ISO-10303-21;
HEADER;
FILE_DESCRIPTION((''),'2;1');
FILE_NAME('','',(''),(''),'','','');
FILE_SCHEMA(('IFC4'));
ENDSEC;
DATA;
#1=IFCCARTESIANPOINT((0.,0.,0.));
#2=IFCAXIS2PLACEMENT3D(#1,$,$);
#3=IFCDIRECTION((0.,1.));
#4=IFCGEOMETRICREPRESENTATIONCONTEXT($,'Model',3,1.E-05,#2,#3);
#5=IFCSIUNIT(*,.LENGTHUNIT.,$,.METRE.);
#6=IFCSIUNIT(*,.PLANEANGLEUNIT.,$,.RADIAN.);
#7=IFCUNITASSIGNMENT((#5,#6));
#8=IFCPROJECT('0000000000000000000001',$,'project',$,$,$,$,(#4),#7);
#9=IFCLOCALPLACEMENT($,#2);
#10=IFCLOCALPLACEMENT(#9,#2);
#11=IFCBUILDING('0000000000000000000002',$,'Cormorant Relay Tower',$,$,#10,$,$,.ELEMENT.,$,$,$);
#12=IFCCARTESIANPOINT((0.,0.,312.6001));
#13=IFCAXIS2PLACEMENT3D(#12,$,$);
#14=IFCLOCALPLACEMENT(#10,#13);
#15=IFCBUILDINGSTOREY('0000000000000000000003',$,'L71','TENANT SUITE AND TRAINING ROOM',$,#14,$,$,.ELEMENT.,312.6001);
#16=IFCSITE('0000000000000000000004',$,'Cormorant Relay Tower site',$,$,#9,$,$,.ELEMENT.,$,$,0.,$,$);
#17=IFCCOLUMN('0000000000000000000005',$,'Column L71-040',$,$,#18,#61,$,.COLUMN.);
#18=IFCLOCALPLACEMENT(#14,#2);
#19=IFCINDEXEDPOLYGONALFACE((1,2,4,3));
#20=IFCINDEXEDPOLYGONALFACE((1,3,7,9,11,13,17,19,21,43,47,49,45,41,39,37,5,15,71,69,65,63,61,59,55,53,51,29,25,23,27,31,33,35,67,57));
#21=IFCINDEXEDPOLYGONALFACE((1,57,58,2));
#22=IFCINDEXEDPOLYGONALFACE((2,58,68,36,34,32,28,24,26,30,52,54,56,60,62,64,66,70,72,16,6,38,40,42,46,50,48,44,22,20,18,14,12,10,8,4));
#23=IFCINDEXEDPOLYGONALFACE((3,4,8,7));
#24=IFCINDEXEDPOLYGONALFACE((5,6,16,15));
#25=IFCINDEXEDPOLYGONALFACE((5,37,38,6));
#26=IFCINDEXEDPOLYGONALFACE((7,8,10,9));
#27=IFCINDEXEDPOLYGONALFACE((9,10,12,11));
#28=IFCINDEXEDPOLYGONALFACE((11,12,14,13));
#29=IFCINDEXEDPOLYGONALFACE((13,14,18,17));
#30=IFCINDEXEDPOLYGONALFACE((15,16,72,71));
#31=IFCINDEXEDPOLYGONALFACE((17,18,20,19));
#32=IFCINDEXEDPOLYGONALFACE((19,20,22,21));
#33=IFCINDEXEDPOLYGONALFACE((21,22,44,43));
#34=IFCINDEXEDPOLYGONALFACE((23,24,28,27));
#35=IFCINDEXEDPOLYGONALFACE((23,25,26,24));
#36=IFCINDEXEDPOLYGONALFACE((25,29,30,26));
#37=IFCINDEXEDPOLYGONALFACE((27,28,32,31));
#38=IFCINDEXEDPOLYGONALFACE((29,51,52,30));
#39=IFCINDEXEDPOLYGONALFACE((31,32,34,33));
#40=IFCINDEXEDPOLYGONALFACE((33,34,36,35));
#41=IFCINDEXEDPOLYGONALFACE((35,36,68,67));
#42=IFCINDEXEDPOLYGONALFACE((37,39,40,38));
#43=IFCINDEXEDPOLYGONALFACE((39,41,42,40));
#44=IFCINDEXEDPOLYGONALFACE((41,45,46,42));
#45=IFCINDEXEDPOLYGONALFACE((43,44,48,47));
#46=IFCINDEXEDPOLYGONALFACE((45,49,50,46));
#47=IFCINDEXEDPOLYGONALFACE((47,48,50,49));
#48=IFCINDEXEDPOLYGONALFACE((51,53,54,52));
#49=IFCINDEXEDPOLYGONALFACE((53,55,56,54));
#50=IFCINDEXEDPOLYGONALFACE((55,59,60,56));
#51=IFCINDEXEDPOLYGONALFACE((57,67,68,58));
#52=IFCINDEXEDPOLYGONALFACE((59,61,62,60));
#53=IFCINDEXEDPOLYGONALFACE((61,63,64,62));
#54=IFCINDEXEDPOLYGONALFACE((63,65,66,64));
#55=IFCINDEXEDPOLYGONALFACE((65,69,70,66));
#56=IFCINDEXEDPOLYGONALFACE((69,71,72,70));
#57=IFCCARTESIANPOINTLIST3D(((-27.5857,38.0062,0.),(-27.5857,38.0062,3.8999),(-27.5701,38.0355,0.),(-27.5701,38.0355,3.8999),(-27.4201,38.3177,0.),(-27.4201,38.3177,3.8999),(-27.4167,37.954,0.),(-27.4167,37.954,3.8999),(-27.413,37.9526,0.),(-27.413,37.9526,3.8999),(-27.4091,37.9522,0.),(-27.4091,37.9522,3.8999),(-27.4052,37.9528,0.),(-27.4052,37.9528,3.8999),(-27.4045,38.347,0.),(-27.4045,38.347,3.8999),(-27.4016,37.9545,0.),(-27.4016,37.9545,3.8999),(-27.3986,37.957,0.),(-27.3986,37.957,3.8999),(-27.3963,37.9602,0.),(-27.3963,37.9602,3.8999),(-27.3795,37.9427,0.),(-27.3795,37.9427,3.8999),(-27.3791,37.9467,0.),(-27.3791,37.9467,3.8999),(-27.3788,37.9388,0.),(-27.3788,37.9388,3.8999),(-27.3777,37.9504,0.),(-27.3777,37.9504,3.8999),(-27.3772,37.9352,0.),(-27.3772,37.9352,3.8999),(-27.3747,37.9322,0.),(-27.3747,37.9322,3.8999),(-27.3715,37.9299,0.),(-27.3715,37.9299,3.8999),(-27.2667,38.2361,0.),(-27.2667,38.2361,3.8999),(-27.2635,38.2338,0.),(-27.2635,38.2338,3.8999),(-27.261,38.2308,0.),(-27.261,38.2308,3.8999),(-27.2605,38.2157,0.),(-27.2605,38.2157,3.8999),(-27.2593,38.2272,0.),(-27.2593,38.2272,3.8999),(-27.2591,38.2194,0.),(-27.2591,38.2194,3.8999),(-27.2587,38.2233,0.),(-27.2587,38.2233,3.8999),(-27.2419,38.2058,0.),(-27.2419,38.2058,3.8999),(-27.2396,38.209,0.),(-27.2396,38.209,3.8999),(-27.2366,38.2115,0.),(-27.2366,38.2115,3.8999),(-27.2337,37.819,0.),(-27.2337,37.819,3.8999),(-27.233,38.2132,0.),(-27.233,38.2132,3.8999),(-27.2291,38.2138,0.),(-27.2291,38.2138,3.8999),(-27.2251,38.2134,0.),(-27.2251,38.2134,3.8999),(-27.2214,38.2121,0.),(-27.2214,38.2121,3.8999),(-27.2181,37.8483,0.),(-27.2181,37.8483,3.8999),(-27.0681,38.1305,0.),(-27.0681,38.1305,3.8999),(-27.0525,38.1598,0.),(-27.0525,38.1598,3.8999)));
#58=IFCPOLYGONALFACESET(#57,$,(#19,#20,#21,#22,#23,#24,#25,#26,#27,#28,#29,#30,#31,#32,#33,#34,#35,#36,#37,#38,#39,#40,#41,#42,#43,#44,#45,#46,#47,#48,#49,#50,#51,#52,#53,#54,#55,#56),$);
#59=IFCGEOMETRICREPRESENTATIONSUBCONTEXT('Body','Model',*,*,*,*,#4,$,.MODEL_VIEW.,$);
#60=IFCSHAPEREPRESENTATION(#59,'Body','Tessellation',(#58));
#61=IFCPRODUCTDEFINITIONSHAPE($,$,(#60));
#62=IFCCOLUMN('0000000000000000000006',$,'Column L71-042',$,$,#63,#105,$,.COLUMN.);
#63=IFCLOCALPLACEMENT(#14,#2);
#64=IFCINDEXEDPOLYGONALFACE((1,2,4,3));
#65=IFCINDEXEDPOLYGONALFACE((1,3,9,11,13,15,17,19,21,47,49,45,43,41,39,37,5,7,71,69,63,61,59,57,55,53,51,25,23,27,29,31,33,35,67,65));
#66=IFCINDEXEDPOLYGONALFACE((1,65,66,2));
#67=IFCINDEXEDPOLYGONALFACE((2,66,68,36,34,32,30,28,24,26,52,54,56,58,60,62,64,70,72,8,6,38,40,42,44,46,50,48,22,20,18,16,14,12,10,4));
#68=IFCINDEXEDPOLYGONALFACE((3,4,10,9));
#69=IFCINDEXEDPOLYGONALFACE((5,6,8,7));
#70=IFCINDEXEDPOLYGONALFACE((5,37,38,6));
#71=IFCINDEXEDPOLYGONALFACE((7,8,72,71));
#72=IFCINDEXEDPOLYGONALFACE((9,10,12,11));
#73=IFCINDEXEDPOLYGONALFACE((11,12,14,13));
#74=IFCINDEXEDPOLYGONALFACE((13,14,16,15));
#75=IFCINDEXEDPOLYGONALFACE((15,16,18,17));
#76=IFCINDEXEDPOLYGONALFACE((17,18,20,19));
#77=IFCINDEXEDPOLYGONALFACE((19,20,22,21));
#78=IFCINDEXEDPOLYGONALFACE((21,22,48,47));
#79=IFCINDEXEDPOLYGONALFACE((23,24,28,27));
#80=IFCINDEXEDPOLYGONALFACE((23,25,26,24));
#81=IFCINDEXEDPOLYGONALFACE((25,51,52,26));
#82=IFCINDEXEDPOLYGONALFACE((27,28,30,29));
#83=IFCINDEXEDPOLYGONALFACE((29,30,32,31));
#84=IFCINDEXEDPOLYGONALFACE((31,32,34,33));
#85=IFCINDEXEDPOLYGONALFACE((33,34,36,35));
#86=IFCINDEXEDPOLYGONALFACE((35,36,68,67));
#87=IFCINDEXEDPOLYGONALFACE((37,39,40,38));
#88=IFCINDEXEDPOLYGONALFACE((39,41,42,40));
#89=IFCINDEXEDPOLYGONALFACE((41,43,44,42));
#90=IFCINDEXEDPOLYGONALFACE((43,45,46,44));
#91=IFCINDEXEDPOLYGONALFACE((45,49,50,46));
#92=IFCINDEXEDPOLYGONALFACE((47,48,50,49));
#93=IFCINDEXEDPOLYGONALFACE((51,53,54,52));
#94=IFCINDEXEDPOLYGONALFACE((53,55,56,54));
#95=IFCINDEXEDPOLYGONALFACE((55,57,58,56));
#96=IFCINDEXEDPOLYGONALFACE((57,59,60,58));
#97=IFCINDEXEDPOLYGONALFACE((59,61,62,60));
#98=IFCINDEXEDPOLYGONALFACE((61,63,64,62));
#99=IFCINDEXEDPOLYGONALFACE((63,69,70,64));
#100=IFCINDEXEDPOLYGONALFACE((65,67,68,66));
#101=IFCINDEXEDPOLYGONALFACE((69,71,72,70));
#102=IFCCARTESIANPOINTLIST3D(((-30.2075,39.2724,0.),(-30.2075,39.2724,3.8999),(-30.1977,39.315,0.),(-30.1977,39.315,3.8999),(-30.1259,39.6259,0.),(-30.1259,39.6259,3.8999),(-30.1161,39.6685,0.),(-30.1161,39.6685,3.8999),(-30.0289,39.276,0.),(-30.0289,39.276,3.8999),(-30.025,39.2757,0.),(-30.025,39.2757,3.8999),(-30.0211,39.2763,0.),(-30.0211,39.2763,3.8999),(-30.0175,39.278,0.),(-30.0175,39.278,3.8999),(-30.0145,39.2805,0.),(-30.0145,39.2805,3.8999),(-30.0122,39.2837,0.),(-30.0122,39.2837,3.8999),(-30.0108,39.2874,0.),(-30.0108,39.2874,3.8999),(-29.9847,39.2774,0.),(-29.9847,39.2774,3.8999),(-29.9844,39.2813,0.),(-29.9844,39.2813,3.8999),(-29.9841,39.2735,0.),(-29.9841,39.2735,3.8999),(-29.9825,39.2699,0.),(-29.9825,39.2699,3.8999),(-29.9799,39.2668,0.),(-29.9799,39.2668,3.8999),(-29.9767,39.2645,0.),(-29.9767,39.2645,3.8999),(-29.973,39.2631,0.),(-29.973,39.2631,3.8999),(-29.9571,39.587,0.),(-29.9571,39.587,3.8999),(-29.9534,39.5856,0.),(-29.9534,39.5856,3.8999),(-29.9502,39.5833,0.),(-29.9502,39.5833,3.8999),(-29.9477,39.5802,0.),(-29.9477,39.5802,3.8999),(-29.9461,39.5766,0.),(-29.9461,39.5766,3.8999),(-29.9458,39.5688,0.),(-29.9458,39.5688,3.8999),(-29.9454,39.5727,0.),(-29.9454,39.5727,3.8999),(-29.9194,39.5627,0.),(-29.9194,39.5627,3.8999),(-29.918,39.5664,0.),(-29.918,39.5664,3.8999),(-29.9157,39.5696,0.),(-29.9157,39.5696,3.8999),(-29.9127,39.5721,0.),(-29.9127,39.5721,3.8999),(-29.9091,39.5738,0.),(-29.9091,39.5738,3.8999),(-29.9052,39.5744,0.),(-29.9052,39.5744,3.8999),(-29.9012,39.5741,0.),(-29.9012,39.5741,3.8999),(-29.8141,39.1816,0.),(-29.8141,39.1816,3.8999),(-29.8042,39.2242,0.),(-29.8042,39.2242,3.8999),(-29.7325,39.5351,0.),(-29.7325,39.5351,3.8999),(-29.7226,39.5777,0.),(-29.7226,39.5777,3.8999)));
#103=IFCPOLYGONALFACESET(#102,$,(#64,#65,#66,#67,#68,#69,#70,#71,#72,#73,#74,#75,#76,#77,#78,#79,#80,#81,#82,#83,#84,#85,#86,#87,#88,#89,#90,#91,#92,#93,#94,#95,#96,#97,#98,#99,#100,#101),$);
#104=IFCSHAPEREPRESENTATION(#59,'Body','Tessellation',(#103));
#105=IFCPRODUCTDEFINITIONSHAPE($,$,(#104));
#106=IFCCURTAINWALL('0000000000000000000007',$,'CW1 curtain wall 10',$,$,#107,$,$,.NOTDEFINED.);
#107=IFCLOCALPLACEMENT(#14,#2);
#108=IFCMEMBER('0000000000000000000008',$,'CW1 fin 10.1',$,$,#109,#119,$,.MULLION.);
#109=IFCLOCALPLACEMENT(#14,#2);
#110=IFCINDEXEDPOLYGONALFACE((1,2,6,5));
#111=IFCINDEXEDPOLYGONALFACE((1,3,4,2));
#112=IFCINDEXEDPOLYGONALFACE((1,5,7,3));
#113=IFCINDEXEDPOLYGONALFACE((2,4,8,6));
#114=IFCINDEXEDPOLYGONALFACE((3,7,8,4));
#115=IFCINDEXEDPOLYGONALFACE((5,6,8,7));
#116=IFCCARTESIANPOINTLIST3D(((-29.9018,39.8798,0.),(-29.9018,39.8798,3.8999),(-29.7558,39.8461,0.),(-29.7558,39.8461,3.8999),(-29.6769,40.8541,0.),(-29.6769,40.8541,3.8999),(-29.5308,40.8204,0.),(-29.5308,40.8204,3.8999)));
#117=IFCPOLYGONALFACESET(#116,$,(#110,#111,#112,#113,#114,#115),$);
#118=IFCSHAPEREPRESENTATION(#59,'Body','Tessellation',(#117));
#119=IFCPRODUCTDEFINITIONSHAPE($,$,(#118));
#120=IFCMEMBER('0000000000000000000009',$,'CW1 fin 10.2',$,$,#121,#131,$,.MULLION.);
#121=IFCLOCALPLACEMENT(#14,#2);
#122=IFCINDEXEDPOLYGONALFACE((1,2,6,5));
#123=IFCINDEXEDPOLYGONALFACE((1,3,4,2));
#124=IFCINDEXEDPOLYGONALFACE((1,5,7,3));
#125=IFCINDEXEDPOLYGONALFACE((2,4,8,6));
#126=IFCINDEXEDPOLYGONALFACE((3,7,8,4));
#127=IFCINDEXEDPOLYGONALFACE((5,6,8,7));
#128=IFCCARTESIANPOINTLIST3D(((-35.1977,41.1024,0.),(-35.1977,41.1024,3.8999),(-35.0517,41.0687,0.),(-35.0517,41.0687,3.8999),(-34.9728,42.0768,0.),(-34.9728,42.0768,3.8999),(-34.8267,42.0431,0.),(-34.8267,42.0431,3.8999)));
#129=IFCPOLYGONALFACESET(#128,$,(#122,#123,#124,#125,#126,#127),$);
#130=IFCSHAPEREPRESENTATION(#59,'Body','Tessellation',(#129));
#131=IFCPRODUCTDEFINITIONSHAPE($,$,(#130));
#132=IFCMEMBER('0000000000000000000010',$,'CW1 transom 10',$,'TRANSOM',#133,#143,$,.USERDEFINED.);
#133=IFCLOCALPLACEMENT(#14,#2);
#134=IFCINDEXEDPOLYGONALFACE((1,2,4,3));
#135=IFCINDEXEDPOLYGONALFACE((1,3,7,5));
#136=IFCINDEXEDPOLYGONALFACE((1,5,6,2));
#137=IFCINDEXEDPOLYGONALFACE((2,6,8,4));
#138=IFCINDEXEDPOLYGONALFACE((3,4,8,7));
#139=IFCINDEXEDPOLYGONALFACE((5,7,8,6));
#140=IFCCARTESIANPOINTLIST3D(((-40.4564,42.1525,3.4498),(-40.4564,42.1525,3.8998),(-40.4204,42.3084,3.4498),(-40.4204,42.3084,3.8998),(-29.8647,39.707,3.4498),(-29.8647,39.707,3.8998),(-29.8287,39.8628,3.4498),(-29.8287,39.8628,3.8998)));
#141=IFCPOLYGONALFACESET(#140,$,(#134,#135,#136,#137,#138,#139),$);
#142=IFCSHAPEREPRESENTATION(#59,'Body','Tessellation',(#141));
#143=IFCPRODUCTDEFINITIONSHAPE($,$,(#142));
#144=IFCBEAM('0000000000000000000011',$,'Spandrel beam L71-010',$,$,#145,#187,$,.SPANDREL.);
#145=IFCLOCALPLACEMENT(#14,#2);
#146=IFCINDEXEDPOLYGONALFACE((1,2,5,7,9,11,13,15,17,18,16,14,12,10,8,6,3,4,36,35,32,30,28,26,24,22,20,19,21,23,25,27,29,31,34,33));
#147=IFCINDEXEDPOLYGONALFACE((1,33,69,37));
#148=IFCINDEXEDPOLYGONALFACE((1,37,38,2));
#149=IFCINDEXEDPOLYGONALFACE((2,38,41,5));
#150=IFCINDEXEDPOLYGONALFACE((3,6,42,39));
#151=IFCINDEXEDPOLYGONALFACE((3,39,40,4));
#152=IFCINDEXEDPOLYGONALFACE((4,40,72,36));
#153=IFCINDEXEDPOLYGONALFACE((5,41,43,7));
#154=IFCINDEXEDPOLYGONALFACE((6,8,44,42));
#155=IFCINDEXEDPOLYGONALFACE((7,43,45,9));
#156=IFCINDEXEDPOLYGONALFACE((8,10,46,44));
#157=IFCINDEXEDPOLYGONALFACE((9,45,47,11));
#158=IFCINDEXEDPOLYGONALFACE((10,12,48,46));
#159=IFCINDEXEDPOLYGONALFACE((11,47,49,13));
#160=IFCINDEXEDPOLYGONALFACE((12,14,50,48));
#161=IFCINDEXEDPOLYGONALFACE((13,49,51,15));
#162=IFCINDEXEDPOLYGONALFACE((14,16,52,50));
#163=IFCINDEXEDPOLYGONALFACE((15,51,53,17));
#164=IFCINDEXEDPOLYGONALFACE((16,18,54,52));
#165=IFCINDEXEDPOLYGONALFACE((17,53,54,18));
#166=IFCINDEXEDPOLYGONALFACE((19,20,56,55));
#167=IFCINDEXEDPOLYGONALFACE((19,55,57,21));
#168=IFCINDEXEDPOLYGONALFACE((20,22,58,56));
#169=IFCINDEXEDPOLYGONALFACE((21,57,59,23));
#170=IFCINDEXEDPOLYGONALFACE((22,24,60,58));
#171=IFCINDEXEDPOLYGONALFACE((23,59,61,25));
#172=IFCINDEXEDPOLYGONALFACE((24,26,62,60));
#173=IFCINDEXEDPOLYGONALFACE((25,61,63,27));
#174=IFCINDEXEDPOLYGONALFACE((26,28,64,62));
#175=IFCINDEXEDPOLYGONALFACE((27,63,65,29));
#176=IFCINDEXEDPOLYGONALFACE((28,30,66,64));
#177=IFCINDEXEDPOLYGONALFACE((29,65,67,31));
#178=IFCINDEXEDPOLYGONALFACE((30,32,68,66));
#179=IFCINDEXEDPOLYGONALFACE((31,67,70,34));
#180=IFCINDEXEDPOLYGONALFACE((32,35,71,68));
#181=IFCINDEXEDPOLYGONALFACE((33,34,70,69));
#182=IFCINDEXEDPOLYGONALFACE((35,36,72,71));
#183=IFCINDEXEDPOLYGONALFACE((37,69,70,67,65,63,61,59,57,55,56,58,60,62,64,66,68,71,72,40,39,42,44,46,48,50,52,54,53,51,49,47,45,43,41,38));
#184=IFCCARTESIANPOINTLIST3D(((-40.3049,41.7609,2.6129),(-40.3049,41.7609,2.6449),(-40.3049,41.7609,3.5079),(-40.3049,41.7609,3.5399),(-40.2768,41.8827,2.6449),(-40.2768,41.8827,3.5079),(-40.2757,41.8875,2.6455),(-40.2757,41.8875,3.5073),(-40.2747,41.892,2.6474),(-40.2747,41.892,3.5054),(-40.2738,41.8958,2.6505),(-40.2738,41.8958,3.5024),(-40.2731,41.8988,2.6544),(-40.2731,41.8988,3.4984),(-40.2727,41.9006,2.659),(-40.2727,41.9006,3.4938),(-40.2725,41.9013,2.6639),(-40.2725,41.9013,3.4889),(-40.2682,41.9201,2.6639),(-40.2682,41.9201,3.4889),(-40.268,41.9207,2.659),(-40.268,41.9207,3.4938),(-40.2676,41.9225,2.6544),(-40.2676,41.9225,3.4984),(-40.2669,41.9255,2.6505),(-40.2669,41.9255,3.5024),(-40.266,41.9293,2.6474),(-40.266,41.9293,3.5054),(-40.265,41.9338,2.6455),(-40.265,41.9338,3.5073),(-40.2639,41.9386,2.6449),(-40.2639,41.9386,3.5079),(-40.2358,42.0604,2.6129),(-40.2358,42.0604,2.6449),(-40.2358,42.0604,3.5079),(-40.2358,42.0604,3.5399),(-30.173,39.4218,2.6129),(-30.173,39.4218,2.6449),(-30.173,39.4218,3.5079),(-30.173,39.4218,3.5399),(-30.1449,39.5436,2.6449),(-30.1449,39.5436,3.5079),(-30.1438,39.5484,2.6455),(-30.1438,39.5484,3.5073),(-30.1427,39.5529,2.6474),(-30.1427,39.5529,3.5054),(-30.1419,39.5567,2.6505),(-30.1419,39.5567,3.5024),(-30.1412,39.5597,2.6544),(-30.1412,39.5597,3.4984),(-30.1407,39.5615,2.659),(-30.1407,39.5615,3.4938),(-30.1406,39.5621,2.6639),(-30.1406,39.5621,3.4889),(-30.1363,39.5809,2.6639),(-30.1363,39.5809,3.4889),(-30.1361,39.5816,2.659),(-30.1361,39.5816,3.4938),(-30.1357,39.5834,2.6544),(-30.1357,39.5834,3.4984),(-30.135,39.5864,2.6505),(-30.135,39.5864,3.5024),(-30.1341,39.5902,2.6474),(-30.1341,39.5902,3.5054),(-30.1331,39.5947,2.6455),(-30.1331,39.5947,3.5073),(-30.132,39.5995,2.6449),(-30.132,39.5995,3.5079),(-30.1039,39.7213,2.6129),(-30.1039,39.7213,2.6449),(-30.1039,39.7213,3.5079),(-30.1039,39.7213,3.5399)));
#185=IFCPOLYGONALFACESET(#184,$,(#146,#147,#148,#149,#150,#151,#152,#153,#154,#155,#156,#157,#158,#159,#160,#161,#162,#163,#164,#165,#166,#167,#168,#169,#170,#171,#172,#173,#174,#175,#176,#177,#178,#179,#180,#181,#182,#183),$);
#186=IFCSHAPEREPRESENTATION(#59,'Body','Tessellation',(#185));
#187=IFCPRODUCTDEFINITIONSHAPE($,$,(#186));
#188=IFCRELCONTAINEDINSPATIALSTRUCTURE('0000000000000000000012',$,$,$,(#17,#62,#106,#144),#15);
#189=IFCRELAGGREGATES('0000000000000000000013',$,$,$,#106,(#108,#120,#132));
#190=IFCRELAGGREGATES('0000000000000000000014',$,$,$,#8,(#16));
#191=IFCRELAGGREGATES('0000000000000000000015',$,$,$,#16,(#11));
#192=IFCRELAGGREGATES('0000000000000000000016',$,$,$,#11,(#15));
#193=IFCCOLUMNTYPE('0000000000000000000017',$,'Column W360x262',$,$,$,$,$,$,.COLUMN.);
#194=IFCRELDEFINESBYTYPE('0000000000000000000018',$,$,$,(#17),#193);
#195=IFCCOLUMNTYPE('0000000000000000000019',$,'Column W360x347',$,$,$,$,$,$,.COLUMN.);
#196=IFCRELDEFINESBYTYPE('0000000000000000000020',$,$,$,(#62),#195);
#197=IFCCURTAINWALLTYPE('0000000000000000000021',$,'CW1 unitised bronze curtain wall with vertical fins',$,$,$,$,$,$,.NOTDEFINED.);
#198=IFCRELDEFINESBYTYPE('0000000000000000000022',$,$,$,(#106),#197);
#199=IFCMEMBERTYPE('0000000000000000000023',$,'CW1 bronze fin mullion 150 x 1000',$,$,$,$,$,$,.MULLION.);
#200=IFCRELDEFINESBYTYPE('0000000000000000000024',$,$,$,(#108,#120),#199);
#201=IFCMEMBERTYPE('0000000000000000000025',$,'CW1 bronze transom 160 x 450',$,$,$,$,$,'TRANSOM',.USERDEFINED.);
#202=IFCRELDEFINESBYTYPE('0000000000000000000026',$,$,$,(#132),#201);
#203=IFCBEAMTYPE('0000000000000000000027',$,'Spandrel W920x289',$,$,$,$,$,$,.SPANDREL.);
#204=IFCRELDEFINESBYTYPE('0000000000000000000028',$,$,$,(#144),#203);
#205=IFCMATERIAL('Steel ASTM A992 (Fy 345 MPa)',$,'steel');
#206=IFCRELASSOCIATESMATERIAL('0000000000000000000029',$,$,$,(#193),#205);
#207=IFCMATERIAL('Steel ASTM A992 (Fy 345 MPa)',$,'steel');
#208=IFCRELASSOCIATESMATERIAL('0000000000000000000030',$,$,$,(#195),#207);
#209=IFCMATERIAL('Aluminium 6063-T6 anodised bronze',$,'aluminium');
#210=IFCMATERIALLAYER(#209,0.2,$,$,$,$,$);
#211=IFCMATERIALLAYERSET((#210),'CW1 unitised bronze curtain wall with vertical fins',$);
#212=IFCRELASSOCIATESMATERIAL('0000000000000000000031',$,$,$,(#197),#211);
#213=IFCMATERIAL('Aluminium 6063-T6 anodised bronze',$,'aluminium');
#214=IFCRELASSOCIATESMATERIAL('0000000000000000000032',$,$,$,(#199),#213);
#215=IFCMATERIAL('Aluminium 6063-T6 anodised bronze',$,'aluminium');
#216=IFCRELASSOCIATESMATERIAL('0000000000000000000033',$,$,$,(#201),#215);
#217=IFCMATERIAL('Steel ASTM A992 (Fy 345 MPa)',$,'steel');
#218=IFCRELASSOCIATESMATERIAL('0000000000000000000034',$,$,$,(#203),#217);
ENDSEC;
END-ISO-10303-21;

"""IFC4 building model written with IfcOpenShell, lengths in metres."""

from ifc_helpers import new_model, si_unit, direction, frame, origin, origin_2d, place, context, subcontext, project, spatial, rectangle, i_section, extrude, material, layer, layer_set, material_profile, profile_set, type_object, element, aggregate, save


model = new_model("IFC4")

# Units and contexts
model_context = context("Model", 3, precision=1e-05, world=origin(), true_north=direction((0.0, 1.0)))
body_context = subcontext(model_context, "Body", "Model", "MODEL_VIEW")
ifc_project = project(units=[si_unit("LENGTHUNIT", "METRE"), si_unit("PLANEANGLEUNIT", "RADIAN")], contexts=[model_context])

# Site, building, storey
site_placement = place(None, origin())
site = spatial("IfcSite", under=ifc_project, at=site_placement, Name="Cormorant Relay Tower site", CompositionType="ELEMENT", RefElevation=0.0)
building_placement = place(site_placement, origin())
building = spatial("IfcBuilding", under=site, at=building_placement, Name="Cormorant Relay Tower", CompositionType="ELEMENT")
storey_placement = place(building_placement, frame((0.0, 0.0, 312.6001)))
storey = spatial("IfcBuildingStorey", under=building, at=storey_placement, Name="L71", Description="TENANT SUITE AND TRAINING ROOM", CompositionType="ELEMENT", Elevation=312.6001)

# Columns
ifc_material_1 = material(Name="Steel ASTM A992 (Fy 345 MPa)", Category="steel")
ifc_material_profile_1 = material_profile(ifc_material_1, i_section(OverallWidth=0.3987, OverallDepth=0.386, WebThickness=0.021, FlangeThickness=0.0332, FilletRadius=0.0151, at=origin_2d()), Name="W360x262")
ifc_profile_set_1 = profile_set([ifc_material_profile_1], Name="Steel ASTM A992 (Fy 345 MPa)")
column_type_1 = type_object("IfcColumnType", Name="Column W360x262", PredefinedType="COLUMN", material=ifc_profile_set_1)
column_1_placement = place(storey_placement, frame((-27.3191, 38.083, 0.0), z_axis=(0.0, 0.0, 1.0), x_axis=(-0.882948, 0.469472, 0.0)))
element("IfcColumn", 1, at=column_1_placement, inside=storey, type_object=column_type_1, Name="Column L71-040", PredefinedType="COLUMN", context=body_context, shape_type="SweptSolid", body=[
    extrude(i_section(OverallWidth=0.3987, OverallDepth=0.386, WebThickness=0.021, FlangeThickness=0.0332, FilletRadius=0.0151, at=origin_2d()), origin(), (0.0, 0.0, 1.0), 3.8999),
])
ifc_material_2 = material(Name="Steel ASTM A992 (Fy 345 MPa)", Category="steel")
ifc_material_profile_2 = material_profile(ifc_material_2, i_section(OverallWidth=0.4038, OverallDepth=0.4065, WebThickness=0.0271, FlangeThickness=0.0437, FilletRadius=0.0151, at=origin_2d()), Name="W360x347")
ifc_profile_set_2 = profile_set([ifc_material_profile_2], Name="Steel ASTM A992 (Fy 345 MPa)")
column_type_2 = type_object("IfcColumnType", Name="Column W360x347", PredefinedType="COLUMN", material=ifc_profile_set_2)
column_2_placement = place(storey_placement, frame((-29.9651, 39.425, 0.0), z_axis=(0.0, 0.0, 1.0), x_axis=(-0.97437, 0.224951, 0.0)))
element("IfcColumn", 2, at=column_2_placement, inside=storey, type_object=column_type_2, Name="Column L71-042", PredefinedType="COLUMN", context=body_context, shape_type="SweptSolid", body=[
    extrude(i_section(OverallWidth=0.4038, OverallDepth=0.4065, WebThickness=0.0271, FlangeThickness=0.0437, FilletRadius=0.0151, at=origin_2d()), origin(), (0.0, 0.0, 1.0), 3.8999),
])

# Curtain wall, members
ifc_material_3 = material(Name="Aluminium 6063-T6 anodised bronze", Category="aluminium")
ifc_layer_1 = layer(ifc_material_3, 0.2)
ifc_layer_set_1 = layer_set([ifc_layer_1], Name="CW1 unitised bronze curtain wall with vertical fins")
curtain_wall_type = type_object("IfcCurtainWallType", Name="CW1 unitised bronze curtain wall with vertical fins", PredefinedType="NOTDEFINED", material=ifc_layer_set_1)
curtain_wall_1_placement = place(storey_placement, origin())
curtain_wall_1 = element("IfcCurtainWall", 3, at=curtain_wall_1_placement, inside=storey, type_object=curtain_wall_type, Name="CW1 curtain wall 10", PredefinedType="NOTDEFINED")
ifc_material_4 = material(Name="Aluminium 6063-T6 anodised bronze", Category="aluminium")
ifc_material_profile_3 = material_profile(ifc_material_4, rectangle(XDim=0.1499, YDim=1.0, at=origin_2d()), Name="AL 150x1000")
ifc_profile_set_3 = profile_set([ifc_material_profile_3], Name="Aluminium 6063-T6 anodised bronze")
member_type_1 = type_object("IfcMemberType", Name="CW1 bronze fin mullion 150 x 1000", PredefinedType="MULLION", material=ifc_profile_set_3)
member_1_placement = place(storey_placement, frame((-29.7163, 40.3501, 0.0), z_axis=(0.0, 0.0, 1.0), x_axis=(-0.97437, 0.224951, 0.0)))
member_1 = element("IfcMember", 4, at=member_1_placement, type_object=member_type_1, Name="CW1 fin 10.1", PredefinedType="MULLION", context=body_context, shape_type="SweptSolid", body=[
    extrude(rectangle(XDim=0.1499, YDim=1.0, at=origin_2d()), origin(), (0.0, 0.0, 1.0), 3.8999),
])
member_2_placement = place(storey_placement, frame((-35.0122, 41.5728, 0.0), z_axis=(0.0, 0.0, 1.0), x_axis=(-0.97437, 0.224951, 0.0)))
member_2 = element("IfcMember", 5, at=member_2_placement, type_object=member_type_1, Name="CW1 fin 10.2", PredefinedType="MULLION", context=body_context, shape_type="SweptSolid", body=[
    extrude(rectangle(XDim=0.1499, YDim=1.0, at=origin_2d()), origin(), (0.0, 0.0, 1.0), 3.8999),
])
ifc_material_5 = material(Name="Aluminium 6063-T6 anodised bronze", Category="aluminium")
ifc_material_profile_4 = material_profile(ifc_material_5, rectangle(XDim=0.1599, YDim=0.45, at=origin_2d()), Name="AL 160x450")
ifc_profile_set_4 = profile_set([ifc_material_profile_4], Name="Aluminium 6063-T6 anodised bronze")
member_type_2 = type_object("IfcMemberType", Name="CW1 bronze transom 160 x 450", ElementType="TRANSOM", PredefinedType="USERDEFINED", material=ifc_profile_set_4)
member_3_placement = place(storey_placement, frame((-29.8467, 39.7849, 3.6748), z_axis=(-0.974365, 0.224973, 0.0), x_axis=(-0.224973, -0.974365, 0.0)))
member_3 = element("IfcMember", 6, at=member_3_placement, type_object=member_type_2, Name="CW1 transom 10", ObjectType="TRANSOM", PredefinedType="USERDEFINED", context=body_context, shape_type="SweptSolid", body=[
    extrude(rectangle(XDim=0.1599, YDim=0.45, at=origin_2d()), origin(), (0.0, 0.0, 1.0), 10.8704),
])

# Beam
ifc_material_6 = material(Name="Steel ASTM A992 (Fy 345 MPa)", Category="steel")
ifc_material_profile_5 = material_profile(ifc_material_6, i_section(OverallWidth=0.3074, OverallDepth=0.927, WebThickness=0.0193, FlangeThickness=0.032, FilletRadius=0.019, at=origin_2d()), Name="W920x289")
ifc_profile_set_5 = profile_set([ifc_material_profile_5], Name="Steel ASTM A992 (Fy 345 MPa)")
beam_type = type_object("IfcBeamType", Name="Spandrel W920x289", PredefinedType="SPANDREL", material=ifc_profile_set_5)
beam_placement = place(storey_placement, frame((-30.1384, 39.5715, 3.0764), z_axis=(-0.97437, 0.22495, 0.0), x_axis=(-0.22495, -0.97437, 0.0)))
element("IfcBeam", 7, at=beam_placement, inside=storey, type_object=beam_type, Name="Spandrel beam L71-010", PredefinedType="SPANDREL", context=body_context, shape_type="SweptSolid", body=[
    extrude(i_section(OverallWidth=0.3074, OverallDepth=0.927, WebThickness=0.0193, FlangeThickness=0.032, FilletRadius=0.019, at=origin_2d()), origin(), (0.0, 0.0, 1.0), 10.3984),
])

aggregate(curtain_wall_1, [member_1, member_2, member_3])

save(model, "model.ifc")
